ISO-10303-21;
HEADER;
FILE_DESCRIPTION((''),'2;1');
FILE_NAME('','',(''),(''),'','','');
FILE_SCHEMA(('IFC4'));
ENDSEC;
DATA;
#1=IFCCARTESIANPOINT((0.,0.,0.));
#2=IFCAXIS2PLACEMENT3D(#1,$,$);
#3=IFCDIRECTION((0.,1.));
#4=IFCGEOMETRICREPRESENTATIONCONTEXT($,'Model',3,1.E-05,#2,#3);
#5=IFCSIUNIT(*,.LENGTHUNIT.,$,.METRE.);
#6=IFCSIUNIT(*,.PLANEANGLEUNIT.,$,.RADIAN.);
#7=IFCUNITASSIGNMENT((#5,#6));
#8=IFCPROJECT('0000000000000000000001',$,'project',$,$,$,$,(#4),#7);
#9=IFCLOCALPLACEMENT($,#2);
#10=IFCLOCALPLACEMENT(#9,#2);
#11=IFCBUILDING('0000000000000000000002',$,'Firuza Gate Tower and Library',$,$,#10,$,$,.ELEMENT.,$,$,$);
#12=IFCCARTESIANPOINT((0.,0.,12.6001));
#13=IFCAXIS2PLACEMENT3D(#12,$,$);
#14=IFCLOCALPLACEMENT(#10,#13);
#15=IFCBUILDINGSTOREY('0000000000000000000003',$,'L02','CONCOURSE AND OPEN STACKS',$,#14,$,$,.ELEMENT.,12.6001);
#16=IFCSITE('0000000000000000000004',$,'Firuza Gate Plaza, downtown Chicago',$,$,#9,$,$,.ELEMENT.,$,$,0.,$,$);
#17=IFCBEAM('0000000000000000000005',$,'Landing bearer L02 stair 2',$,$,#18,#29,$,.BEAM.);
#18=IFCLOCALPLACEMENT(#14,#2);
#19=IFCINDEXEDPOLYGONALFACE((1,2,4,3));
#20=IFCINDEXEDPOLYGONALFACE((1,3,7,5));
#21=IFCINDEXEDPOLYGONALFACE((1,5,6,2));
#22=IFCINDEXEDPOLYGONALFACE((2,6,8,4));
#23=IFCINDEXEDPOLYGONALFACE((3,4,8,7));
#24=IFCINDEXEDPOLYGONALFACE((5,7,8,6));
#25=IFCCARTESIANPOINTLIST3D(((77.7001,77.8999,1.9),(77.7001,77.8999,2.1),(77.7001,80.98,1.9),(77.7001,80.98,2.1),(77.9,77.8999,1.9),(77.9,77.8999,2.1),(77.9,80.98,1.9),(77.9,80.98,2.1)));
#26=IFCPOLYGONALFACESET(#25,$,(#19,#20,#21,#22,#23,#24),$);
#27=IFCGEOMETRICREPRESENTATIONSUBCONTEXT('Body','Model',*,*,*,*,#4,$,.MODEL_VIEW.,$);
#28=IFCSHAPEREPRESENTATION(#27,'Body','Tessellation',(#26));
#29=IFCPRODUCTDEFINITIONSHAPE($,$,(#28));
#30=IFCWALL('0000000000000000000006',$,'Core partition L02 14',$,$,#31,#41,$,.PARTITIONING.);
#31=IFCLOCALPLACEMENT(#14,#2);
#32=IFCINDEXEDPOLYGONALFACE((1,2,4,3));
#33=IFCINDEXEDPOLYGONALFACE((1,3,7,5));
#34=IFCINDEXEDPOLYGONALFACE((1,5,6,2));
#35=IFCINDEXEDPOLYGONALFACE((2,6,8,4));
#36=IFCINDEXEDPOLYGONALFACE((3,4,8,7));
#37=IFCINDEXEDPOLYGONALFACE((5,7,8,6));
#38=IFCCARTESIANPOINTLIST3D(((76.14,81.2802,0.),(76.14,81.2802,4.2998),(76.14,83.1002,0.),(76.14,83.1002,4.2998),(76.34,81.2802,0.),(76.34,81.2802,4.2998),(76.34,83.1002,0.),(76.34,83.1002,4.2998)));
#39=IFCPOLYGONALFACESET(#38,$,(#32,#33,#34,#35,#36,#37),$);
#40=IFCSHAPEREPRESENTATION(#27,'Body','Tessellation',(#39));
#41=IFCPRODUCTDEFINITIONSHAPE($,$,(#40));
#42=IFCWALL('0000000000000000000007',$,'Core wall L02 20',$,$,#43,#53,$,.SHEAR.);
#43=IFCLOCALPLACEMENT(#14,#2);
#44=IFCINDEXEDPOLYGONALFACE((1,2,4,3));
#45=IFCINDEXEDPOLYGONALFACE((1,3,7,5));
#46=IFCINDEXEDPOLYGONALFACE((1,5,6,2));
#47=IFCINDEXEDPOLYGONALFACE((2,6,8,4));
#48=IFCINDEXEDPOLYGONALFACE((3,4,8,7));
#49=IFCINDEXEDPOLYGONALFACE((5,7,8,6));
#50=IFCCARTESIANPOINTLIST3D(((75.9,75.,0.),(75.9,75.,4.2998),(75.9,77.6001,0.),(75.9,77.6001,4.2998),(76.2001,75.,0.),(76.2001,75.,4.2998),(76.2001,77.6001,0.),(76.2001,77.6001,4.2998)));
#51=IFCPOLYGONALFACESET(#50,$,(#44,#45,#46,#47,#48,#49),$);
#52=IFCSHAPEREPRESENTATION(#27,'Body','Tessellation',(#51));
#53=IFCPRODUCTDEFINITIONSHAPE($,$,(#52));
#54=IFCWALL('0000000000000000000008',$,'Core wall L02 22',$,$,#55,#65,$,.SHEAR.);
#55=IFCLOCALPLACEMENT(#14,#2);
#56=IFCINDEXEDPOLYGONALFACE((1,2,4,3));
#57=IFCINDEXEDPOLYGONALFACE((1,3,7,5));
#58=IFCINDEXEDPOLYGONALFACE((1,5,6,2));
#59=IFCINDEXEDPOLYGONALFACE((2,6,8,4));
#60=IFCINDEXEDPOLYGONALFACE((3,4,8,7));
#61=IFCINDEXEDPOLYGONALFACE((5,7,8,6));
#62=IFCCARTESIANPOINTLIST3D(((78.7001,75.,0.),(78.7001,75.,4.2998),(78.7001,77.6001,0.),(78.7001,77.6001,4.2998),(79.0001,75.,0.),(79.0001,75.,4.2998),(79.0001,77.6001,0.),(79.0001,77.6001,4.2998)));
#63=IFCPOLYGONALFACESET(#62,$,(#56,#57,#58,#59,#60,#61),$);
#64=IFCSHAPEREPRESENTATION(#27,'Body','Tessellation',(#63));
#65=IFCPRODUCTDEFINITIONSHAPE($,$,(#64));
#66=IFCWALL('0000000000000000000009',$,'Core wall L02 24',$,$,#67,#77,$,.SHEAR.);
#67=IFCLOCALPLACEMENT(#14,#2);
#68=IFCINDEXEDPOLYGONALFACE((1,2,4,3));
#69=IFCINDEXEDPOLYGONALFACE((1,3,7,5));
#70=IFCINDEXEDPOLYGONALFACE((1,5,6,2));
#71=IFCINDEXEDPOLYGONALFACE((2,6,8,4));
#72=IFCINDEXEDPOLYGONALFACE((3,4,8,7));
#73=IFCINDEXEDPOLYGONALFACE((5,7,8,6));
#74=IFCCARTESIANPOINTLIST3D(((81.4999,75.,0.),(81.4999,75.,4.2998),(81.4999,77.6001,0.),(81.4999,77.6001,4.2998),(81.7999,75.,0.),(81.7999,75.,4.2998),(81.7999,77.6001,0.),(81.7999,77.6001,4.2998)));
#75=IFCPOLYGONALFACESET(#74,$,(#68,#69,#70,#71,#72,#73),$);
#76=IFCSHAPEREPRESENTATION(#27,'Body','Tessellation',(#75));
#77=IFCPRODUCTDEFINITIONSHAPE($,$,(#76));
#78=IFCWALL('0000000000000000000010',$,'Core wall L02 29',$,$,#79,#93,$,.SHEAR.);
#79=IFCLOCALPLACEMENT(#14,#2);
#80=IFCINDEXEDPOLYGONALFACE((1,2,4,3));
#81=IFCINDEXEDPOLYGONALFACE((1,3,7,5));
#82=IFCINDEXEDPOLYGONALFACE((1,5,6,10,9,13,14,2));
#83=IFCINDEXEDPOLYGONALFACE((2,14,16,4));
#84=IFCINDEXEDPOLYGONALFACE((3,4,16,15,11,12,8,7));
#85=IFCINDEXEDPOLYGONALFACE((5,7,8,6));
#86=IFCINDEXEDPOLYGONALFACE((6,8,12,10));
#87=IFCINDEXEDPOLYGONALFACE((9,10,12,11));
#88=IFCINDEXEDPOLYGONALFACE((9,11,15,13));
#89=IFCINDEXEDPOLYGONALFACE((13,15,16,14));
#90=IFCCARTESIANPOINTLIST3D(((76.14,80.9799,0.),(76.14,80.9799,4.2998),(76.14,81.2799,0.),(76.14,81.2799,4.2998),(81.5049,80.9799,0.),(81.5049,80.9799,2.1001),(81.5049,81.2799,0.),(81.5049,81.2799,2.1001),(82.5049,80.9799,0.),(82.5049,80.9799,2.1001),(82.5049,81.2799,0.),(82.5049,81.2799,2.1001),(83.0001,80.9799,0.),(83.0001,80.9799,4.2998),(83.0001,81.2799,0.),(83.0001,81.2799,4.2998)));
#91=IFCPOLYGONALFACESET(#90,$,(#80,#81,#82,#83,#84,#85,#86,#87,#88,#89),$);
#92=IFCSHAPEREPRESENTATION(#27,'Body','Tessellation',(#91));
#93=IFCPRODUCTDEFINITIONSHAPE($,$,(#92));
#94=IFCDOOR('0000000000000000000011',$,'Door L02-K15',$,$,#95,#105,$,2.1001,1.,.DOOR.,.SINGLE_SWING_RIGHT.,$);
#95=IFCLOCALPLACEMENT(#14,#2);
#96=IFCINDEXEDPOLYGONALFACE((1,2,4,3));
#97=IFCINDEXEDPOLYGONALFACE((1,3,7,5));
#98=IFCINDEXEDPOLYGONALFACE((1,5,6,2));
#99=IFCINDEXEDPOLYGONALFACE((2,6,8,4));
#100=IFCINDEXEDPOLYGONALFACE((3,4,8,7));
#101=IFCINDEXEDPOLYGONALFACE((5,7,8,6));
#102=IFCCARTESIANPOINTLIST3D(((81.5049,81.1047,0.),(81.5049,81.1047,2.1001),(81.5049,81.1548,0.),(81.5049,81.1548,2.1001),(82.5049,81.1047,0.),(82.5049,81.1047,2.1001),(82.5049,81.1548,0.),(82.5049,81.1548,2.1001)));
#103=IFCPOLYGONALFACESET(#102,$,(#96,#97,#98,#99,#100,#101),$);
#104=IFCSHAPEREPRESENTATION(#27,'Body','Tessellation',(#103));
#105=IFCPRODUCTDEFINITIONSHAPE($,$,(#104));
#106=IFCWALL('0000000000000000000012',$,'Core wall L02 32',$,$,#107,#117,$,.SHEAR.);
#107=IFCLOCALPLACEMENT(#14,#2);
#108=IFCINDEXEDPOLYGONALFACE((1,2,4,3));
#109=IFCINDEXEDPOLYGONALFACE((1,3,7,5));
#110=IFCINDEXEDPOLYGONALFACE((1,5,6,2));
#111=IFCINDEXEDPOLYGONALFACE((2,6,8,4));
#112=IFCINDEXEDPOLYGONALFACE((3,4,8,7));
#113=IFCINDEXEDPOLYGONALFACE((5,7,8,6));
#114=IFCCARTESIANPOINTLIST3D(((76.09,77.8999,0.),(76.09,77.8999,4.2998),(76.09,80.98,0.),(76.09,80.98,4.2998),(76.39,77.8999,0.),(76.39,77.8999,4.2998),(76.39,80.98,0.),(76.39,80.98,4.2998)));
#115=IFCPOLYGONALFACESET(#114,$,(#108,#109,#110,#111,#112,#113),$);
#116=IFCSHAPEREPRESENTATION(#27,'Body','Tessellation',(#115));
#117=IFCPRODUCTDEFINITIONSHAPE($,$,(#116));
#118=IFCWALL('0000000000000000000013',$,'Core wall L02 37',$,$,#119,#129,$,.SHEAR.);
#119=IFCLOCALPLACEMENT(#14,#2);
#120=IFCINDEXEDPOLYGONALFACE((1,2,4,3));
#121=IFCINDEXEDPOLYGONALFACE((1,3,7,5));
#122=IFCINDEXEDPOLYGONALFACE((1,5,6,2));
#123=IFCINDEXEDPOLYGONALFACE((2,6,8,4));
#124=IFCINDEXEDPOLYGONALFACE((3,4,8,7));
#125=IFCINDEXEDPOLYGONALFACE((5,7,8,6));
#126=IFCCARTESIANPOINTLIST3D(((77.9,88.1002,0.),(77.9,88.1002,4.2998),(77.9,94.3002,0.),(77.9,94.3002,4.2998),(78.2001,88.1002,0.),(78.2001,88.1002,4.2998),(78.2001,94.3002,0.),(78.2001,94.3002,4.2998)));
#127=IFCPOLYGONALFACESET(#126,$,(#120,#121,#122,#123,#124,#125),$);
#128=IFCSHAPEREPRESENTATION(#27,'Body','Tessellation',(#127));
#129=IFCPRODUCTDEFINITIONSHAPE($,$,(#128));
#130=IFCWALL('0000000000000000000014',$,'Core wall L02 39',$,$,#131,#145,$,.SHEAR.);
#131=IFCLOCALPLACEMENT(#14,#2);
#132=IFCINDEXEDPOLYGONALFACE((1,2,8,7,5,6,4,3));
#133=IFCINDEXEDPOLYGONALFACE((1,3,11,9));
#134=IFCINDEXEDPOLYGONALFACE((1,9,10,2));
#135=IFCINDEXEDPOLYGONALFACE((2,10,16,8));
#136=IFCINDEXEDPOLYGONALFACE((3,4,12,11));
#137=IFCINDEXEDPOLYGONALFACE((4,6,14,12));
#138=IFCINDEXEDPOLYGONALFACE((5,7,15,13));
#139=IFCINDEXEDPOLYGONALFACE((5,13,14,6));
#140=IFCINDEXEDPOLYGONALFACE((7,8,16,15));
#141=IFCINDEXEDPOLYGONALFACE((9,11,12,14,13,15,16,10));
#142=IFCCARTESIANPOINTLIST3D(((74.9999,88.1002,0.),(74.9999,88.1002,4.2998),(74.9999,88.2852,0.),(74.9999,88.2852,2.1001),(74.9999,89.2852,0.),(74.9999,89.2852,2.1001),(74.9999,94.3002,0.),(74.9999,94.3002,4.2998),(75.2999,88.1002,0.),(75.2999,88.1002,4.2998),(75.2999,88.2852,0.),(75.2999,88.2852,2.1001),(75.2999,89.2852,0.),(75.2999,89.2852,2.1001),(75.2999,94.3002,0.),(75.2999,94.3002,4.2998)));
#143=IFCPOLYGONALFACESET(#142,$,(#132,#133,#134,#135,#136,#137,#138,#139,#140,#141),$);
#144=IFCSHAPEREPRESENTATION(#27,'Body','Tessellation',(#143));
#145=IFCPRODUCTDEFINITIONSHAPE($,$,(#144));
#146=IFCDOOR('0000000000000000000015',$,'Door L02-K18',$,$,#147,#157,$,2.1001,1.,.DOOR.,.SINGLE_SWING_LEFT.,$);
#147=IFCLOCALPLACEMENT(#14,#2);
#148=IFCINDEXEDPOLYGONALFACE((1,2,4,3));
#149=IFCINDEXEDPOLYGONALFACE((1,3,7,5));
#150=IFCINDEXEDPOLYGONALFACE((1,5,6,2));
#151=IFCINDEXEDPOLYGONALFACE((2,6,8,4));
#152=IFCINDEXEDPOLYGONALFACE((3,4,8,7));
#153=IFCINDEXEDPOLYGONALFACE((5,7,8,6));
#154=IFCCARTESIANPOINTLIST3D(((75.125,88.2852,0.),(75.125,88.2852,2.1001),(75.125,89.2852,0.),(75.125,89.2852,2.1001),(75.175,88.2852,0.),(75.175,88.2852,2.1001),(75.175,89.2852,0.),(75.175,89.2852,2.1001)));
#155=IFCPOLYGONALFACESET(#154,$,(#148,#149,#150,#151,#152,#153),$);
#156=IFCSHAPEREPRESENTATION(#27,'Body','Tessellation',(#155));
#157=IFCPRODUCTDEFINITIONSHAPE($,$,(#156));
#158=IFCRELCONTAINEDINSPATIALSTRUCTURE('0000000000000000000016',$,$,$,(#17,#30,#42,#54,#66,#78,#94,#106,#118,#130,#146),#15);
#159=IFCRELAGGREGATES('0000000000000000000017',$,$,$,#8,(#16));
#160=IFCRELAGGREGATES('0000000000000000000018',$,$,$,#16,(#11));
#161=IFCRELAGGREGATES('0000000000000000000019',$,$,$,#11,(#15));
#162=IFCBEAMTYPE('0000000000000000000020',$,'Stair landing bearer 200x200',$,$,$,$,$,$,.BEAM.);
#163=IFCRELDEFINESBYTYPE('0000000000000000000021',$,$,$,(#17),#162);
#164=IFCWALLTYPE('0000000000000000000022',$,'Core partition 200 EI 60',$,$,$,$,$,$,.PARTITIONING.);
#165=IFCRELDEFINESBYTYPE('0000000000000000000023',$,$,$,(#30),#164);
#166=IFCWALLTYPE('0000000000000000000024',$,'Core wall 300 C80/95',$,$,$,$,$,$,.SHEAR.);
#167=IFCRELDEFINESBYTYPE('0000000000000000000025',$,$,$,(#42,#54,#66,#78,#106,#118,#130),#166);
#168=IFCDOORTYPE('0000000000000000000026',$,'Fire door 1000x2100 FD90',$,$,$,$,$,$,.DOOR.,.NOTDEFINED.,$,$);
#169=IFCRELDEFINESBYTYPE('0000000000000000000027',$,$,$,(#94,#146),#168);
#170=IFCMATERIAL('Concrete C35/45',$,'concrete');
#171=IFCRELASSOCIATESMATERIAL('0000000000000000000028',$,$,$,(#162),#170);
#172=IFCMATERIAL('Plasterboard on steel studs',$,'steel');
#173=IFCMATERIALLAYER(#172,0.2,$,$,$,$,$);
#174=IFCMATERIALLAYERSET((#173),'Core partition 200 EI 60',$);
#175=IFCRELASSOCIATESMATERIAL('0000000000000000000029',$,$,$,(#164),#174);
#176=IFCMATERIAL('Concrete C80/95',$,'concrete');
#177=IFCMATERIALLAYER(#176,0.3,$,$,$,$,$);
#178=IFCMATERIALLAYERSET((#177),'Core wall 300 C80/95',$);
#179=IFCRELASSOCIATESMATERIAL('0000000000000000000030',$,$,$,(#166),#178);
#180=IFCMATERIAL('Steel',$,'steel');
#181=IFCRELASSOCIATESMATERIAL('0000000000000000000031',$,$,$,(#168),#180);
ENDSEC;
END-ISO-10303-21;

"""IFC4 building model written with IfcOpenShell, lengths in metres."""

from ifc_helpers import new_model, si_unit, direction, frame, frame_2d, origin, origin_2d, place, context, subcontext, project, spatial, rectangle, extrude, material, layer, layer_set, material_profile, profile_set, type_object, element, fill, save


model = new_model("IFC4")

# Units and contexts
model_context = context("Model", 3, precision=1e-05, world=origin(), true_north=direction((0.0, 1.0)))
body_context = subcontext(model_context, "Body", "Model", "MODEL_VIEW")
ifc_project = project(units=[si_unit("LENGTHUNIT", "METRE"), si_unit("PLANEANGLEUNIT", "RADIAN")], contexts=[model_context])

# Site, building, storey
site_placement = place(None, origin())
site = spatial("IfcSite", under=ifc_project, at=site_placement, Name="Firuza Gate Plaza, downtown Chicago", CompositionType="ELEMENT", RefElevation=0.0)
building_placement = place(site_placement, origin())
building = spatial("IfcBuilding", under=site, at=building_placement, Name="Firuza Gate Tower and Library", CompositionType="ELEMENT")
storey_placement = place(building_placement, frame((0.0, 0.0, 12.6001)))
storey = spatial("IfcBuildingStorey", under=building, at=storey_placement, Name="L02", Description="CONCOURSE AND OPEN STACKS", CompositionType="ELEMENT", Elevation=12.6001)

# Beam
ifc_material_1 = material(Name="Concrete C35/45", Category="concrete")
ifc_material_profile = material_profile(ifc_material_1, rectangle(XDim=0.2, YDim=0.2, at=origin_2d()))
ifc_profile_set = profile_set([ifc_material_profile], Name="Concrete C35/45")
beam_type = type_object("IfcBeamType", Name="Stair landing bearer 200x200", PredefinedType="BEAM", material=ifc_profile_set)
beam_placement = place(storey_placement, frame((77.8, 80.98, 2.0), z_axis=(0.0, -1.0, 0.0), x_axis=(1.0, 0.0, 0.0)))
element("IfcBeam", 1, at=beam_placement, inside=storey, type_object=beam_type, Name="Landing bearer L02 stair 2", PredefinedType="BEAM", context=body_context, shape_type="SweptSolid", body=[
    extrude(rectangle(XDim=0.2, YDim=0.2, at=origin_2d()), origin(), (0.0, 0.0, 1.0), 3.0801),
])

# Walls
ifc_material_2 = material(Name="Plasterboard on steel studs", Category="steel")
ifc_layer_1 = layer(ifc_material_2, 0.2)
ifc_layer_set_1 = layer_set([ifc_layer_1], Name="Core partition 200 EI 60")
wall_type_1 = type_object("IfcWallType", Name="Core partition 200 EI 60", PredefinedType="PARTITIONING", material=ifc_layer_set_1)
wall_1_placement = place(storey_placement, frame((76.24, 81.28, 0.0), z_axis=(0.0, 0.0, 1.0), x_axis=(0.0, 1.0, 0.0)))
element("IfcWall", 2, at=wall_1_placement, inside=storey, type_object=wall_type_1, Name="Core partition L02 14", PredefinedType="PARTITIONING", context=body_context, shape_type="SweptSolid", body=[
    extrude(rectangle(XDim=1.8201, YDim=0.2, at=frame_2d((0.9102, 0.0))), origin(), (0.0, 0.0, 1.0), 4.2998),
])
ifc_material_3 = material(Name="Concrete C80/95", Category="concrete")
ifc_layer_2 = layer(ifc_material_3, 0.3)
ifc_layer_set_2 = layer_set([ifc_layer_2], Name="Core wall 300 C80/95")
wall_type_2 = type_object("IfcWallType", Name="Core wall 300 C80/95", PredefinedType="SHEAR", material=ifc_layer_set_2)
for number, where, z_axis, x_axis, name in (
    (3, (76.05, 75.0, 0.0), (0.0, 0.0, 1.0), (0.0, 1.0, 0.0), "Core wall L02 20"),
    (4, (78.8501, 75.0, 0.0), (0.0, 0.0, 1.0), (0.0, 1.0, 0.0), "Core wall L02 22"),
    (5, (81.6499, 75.0, 0.0), (0.0, 0.0, 1.0), (0.0, 1.0, 0.0), "Core wall L02 24"),
):
    element("IfcWall", number, at=place(storey_placement, frame(where, z_axis=z_axis, x_axis=x_axis)), inside=storey, type_object=wall_type_2, Name=name, PredefinedType="SHEAR", context=body_context, shape_type="SweptSolid", body=[
        extrude(rectangle(XDim=2.6001, YDim=0.3, at=frame_2d((1.3, 0.0))), origin(), (0.0, 0.0, 1.0), 4.2998),
    ])

# Wall, opening, door
wall_2_placement = place(storey_placement, frame((76.1399, 81.1299, 0.0), z_axis=(0.0, 0.0, 1.0), x_axis=(1.0, 0.0, 0.0)))
wall_2 = element("IfcWall", 6, at=wall_2_placement, inside=storey, type_object=wall_type_2, Name="Core wall L02 29", PredefinedType="SHEAR", context=body_context, shape_type="SweptSolid", body=[
    extrude(rectangle(XDim=6.8601, YDim=0.3, at=frame_2d((3.4302, 0.0))), origin(), (0.0, 0.0, 1.0), 4.2998),
])
opening_1_placement = place(wall_2_placement, frame((5.365, 0.0, 0.0)))
opening_1 = element("IfcOpeningElement", 7, at=opening_1_placement, cuts=wall_2, PredefinedType="OPENING", context=body_context, shape_type="SweptSolid", body=[
    extrude(rectangle(XDim=1.0, YDim=2.1001, at=frame_2d((0.5, 1.05))), frame((0.0, 0.1602, 0.0), z_axis=(0.0, -1.0, 0.0), x_axis=(1.0, 0.0, 0.0)), (0.0, 0.0, 1.0), 0.3201),
])
ifc_material_4 = material(Name="Steel", Category="steel")
door_type_1 = type_object("IfcDoorType", Name="Fire door 1000x2100 FD90", OperationType="NOTDEFINED", PredefinedType="DOOR", material=ifc_material_4)
door_1_placement = place(opening_1_placement, origin())
door_1 = element("IfcDoor", 8, at=door_1_placement, inside=storey, type_object=door_type_1, Name="Door L02-K15", OperationType="SINGLE_SWING_RIGHT", OverallHeight=2.1001, OverallWidth=1.0, PredefinedType="DOOR", context=body_context, shape_type="SweptSolid", body=[
    extrude(rectangle(XDim=1.0, YDim=2.1001, at=frame_2d((0.5, 1.05))), frame((0.0, 0.0249, 0.0), z_axis=(0.0, -1.0, 0.0), x_axis=(1.0, 0.0, 0.0)), (0.0, 0.0, 1.0), 0.05),
])
fill(opening_1, door_1)

# Walls
wall_3_placement = place(storey_placement, frame((76.24, 77.8999, 0.0), z_axis=(0.0, 0.0, 1.0), x_axis=(0.0, 1.0, 0.0)))
element("IfcWall", 9, at=wall_3_placement, inside=storey, type_object=wall_type_2, Name="Core wall L02 32", PredefinedType="SHEAR", context=body_context, shape_type="SweptSolid", body=[
    extrude(rectangle(XDim=3.0801, YDim=0.3, at=frame_2d((1.54, 0.0))), origin(), (0.0, 0.0, 1.0), 4.2998),
])
wall_4_placement = place(storey_placement, frame((78.05, 88.1001, 0.0), z_axis=(0.0, 0.0, 1.0), x_axis=(0.0, 1.0, 0.0)))
element("IfcWall", 10, at=wall_4_placement, inside=storey, type_object=wall_type_2, Name="Core wall L02 37", PredefinedType="SHEAR", context=body_context, shape_type="SweptSolid", body=[
    extrude(rectangle(XDim=6.2, YDim=0.3, at=frame_2d((3.1001, 0.0))), origin(), (0.0, 0.0, 1.0), 4.2998),
])

# Wall, opening, door
wall_5_placement = place(storey_placement, frame((75.1499, 88.1001, 0.0), z_axis=(0.0, 0.0, 1.0), x_axis=(0.0, 1.0, 0.0)))
wall_5 = element("IfcWall", 11, at=wall_5_placement, inside=storey, type_object=wall_type_2, Name="Core wall L02 39", PredefinedType="SHEAR", context=body_context, shape_type="SweptSolid", body=[
    extrude(rectangle(XDim=6.2, YDim=0.3, at=frame_2d((3.1001, 0.0))), origin(), (0.0, 0.0, 1.0), 4.2998),
])
opening_2_placement = place(wall_5_placement, frame((0.1851, 0.0, 0.0)))
opening_2 = element("IfcOpeningElement", 12, at=opening_2_placement, cuts=wall_5, PredefinedType="OPENING", context=body_context, shape_type="SweptSolid", body=[
    extrude(rectangle(XDim=1.0, YDim=2.1001, at=frame_2d((0.5, 1.05))), frame((0.0, 0.1602, 0.0), z_axis=(0.0, -1.0, 0.0), x_axis=(1.0, 0.0, 0.0)), (0.0, 0.0, 1.0), 0.3201),
])
door_2_placement = place(opening_2_placement, origin())
door_2 = element("IfcDoor", 13, at=door_2_placement, inside=storey, type_object=door_type_1, Name="Door L02-K18", OperationType="SINGLE_SWING_LEFT", OverallHeight=2.1001, OverallWidth=1.0, PredefinedType="DOOR", context=body_context, shape_type="SweptSolid", body=[
    extrude(rectangle(XDim=1.0, YDim=2.1001, at=frame_2d((0.5, 1.05))), frame((0.0, 0.0249, 0.0), z_axis=(0.0, -1.0, 0.0), x_axis=(1.0, 0.0, 0.0)), (0.0, 0.0, 1.0), 0.05),
])
fill(opening_2, door_2)

save(model, "model.ifc")
